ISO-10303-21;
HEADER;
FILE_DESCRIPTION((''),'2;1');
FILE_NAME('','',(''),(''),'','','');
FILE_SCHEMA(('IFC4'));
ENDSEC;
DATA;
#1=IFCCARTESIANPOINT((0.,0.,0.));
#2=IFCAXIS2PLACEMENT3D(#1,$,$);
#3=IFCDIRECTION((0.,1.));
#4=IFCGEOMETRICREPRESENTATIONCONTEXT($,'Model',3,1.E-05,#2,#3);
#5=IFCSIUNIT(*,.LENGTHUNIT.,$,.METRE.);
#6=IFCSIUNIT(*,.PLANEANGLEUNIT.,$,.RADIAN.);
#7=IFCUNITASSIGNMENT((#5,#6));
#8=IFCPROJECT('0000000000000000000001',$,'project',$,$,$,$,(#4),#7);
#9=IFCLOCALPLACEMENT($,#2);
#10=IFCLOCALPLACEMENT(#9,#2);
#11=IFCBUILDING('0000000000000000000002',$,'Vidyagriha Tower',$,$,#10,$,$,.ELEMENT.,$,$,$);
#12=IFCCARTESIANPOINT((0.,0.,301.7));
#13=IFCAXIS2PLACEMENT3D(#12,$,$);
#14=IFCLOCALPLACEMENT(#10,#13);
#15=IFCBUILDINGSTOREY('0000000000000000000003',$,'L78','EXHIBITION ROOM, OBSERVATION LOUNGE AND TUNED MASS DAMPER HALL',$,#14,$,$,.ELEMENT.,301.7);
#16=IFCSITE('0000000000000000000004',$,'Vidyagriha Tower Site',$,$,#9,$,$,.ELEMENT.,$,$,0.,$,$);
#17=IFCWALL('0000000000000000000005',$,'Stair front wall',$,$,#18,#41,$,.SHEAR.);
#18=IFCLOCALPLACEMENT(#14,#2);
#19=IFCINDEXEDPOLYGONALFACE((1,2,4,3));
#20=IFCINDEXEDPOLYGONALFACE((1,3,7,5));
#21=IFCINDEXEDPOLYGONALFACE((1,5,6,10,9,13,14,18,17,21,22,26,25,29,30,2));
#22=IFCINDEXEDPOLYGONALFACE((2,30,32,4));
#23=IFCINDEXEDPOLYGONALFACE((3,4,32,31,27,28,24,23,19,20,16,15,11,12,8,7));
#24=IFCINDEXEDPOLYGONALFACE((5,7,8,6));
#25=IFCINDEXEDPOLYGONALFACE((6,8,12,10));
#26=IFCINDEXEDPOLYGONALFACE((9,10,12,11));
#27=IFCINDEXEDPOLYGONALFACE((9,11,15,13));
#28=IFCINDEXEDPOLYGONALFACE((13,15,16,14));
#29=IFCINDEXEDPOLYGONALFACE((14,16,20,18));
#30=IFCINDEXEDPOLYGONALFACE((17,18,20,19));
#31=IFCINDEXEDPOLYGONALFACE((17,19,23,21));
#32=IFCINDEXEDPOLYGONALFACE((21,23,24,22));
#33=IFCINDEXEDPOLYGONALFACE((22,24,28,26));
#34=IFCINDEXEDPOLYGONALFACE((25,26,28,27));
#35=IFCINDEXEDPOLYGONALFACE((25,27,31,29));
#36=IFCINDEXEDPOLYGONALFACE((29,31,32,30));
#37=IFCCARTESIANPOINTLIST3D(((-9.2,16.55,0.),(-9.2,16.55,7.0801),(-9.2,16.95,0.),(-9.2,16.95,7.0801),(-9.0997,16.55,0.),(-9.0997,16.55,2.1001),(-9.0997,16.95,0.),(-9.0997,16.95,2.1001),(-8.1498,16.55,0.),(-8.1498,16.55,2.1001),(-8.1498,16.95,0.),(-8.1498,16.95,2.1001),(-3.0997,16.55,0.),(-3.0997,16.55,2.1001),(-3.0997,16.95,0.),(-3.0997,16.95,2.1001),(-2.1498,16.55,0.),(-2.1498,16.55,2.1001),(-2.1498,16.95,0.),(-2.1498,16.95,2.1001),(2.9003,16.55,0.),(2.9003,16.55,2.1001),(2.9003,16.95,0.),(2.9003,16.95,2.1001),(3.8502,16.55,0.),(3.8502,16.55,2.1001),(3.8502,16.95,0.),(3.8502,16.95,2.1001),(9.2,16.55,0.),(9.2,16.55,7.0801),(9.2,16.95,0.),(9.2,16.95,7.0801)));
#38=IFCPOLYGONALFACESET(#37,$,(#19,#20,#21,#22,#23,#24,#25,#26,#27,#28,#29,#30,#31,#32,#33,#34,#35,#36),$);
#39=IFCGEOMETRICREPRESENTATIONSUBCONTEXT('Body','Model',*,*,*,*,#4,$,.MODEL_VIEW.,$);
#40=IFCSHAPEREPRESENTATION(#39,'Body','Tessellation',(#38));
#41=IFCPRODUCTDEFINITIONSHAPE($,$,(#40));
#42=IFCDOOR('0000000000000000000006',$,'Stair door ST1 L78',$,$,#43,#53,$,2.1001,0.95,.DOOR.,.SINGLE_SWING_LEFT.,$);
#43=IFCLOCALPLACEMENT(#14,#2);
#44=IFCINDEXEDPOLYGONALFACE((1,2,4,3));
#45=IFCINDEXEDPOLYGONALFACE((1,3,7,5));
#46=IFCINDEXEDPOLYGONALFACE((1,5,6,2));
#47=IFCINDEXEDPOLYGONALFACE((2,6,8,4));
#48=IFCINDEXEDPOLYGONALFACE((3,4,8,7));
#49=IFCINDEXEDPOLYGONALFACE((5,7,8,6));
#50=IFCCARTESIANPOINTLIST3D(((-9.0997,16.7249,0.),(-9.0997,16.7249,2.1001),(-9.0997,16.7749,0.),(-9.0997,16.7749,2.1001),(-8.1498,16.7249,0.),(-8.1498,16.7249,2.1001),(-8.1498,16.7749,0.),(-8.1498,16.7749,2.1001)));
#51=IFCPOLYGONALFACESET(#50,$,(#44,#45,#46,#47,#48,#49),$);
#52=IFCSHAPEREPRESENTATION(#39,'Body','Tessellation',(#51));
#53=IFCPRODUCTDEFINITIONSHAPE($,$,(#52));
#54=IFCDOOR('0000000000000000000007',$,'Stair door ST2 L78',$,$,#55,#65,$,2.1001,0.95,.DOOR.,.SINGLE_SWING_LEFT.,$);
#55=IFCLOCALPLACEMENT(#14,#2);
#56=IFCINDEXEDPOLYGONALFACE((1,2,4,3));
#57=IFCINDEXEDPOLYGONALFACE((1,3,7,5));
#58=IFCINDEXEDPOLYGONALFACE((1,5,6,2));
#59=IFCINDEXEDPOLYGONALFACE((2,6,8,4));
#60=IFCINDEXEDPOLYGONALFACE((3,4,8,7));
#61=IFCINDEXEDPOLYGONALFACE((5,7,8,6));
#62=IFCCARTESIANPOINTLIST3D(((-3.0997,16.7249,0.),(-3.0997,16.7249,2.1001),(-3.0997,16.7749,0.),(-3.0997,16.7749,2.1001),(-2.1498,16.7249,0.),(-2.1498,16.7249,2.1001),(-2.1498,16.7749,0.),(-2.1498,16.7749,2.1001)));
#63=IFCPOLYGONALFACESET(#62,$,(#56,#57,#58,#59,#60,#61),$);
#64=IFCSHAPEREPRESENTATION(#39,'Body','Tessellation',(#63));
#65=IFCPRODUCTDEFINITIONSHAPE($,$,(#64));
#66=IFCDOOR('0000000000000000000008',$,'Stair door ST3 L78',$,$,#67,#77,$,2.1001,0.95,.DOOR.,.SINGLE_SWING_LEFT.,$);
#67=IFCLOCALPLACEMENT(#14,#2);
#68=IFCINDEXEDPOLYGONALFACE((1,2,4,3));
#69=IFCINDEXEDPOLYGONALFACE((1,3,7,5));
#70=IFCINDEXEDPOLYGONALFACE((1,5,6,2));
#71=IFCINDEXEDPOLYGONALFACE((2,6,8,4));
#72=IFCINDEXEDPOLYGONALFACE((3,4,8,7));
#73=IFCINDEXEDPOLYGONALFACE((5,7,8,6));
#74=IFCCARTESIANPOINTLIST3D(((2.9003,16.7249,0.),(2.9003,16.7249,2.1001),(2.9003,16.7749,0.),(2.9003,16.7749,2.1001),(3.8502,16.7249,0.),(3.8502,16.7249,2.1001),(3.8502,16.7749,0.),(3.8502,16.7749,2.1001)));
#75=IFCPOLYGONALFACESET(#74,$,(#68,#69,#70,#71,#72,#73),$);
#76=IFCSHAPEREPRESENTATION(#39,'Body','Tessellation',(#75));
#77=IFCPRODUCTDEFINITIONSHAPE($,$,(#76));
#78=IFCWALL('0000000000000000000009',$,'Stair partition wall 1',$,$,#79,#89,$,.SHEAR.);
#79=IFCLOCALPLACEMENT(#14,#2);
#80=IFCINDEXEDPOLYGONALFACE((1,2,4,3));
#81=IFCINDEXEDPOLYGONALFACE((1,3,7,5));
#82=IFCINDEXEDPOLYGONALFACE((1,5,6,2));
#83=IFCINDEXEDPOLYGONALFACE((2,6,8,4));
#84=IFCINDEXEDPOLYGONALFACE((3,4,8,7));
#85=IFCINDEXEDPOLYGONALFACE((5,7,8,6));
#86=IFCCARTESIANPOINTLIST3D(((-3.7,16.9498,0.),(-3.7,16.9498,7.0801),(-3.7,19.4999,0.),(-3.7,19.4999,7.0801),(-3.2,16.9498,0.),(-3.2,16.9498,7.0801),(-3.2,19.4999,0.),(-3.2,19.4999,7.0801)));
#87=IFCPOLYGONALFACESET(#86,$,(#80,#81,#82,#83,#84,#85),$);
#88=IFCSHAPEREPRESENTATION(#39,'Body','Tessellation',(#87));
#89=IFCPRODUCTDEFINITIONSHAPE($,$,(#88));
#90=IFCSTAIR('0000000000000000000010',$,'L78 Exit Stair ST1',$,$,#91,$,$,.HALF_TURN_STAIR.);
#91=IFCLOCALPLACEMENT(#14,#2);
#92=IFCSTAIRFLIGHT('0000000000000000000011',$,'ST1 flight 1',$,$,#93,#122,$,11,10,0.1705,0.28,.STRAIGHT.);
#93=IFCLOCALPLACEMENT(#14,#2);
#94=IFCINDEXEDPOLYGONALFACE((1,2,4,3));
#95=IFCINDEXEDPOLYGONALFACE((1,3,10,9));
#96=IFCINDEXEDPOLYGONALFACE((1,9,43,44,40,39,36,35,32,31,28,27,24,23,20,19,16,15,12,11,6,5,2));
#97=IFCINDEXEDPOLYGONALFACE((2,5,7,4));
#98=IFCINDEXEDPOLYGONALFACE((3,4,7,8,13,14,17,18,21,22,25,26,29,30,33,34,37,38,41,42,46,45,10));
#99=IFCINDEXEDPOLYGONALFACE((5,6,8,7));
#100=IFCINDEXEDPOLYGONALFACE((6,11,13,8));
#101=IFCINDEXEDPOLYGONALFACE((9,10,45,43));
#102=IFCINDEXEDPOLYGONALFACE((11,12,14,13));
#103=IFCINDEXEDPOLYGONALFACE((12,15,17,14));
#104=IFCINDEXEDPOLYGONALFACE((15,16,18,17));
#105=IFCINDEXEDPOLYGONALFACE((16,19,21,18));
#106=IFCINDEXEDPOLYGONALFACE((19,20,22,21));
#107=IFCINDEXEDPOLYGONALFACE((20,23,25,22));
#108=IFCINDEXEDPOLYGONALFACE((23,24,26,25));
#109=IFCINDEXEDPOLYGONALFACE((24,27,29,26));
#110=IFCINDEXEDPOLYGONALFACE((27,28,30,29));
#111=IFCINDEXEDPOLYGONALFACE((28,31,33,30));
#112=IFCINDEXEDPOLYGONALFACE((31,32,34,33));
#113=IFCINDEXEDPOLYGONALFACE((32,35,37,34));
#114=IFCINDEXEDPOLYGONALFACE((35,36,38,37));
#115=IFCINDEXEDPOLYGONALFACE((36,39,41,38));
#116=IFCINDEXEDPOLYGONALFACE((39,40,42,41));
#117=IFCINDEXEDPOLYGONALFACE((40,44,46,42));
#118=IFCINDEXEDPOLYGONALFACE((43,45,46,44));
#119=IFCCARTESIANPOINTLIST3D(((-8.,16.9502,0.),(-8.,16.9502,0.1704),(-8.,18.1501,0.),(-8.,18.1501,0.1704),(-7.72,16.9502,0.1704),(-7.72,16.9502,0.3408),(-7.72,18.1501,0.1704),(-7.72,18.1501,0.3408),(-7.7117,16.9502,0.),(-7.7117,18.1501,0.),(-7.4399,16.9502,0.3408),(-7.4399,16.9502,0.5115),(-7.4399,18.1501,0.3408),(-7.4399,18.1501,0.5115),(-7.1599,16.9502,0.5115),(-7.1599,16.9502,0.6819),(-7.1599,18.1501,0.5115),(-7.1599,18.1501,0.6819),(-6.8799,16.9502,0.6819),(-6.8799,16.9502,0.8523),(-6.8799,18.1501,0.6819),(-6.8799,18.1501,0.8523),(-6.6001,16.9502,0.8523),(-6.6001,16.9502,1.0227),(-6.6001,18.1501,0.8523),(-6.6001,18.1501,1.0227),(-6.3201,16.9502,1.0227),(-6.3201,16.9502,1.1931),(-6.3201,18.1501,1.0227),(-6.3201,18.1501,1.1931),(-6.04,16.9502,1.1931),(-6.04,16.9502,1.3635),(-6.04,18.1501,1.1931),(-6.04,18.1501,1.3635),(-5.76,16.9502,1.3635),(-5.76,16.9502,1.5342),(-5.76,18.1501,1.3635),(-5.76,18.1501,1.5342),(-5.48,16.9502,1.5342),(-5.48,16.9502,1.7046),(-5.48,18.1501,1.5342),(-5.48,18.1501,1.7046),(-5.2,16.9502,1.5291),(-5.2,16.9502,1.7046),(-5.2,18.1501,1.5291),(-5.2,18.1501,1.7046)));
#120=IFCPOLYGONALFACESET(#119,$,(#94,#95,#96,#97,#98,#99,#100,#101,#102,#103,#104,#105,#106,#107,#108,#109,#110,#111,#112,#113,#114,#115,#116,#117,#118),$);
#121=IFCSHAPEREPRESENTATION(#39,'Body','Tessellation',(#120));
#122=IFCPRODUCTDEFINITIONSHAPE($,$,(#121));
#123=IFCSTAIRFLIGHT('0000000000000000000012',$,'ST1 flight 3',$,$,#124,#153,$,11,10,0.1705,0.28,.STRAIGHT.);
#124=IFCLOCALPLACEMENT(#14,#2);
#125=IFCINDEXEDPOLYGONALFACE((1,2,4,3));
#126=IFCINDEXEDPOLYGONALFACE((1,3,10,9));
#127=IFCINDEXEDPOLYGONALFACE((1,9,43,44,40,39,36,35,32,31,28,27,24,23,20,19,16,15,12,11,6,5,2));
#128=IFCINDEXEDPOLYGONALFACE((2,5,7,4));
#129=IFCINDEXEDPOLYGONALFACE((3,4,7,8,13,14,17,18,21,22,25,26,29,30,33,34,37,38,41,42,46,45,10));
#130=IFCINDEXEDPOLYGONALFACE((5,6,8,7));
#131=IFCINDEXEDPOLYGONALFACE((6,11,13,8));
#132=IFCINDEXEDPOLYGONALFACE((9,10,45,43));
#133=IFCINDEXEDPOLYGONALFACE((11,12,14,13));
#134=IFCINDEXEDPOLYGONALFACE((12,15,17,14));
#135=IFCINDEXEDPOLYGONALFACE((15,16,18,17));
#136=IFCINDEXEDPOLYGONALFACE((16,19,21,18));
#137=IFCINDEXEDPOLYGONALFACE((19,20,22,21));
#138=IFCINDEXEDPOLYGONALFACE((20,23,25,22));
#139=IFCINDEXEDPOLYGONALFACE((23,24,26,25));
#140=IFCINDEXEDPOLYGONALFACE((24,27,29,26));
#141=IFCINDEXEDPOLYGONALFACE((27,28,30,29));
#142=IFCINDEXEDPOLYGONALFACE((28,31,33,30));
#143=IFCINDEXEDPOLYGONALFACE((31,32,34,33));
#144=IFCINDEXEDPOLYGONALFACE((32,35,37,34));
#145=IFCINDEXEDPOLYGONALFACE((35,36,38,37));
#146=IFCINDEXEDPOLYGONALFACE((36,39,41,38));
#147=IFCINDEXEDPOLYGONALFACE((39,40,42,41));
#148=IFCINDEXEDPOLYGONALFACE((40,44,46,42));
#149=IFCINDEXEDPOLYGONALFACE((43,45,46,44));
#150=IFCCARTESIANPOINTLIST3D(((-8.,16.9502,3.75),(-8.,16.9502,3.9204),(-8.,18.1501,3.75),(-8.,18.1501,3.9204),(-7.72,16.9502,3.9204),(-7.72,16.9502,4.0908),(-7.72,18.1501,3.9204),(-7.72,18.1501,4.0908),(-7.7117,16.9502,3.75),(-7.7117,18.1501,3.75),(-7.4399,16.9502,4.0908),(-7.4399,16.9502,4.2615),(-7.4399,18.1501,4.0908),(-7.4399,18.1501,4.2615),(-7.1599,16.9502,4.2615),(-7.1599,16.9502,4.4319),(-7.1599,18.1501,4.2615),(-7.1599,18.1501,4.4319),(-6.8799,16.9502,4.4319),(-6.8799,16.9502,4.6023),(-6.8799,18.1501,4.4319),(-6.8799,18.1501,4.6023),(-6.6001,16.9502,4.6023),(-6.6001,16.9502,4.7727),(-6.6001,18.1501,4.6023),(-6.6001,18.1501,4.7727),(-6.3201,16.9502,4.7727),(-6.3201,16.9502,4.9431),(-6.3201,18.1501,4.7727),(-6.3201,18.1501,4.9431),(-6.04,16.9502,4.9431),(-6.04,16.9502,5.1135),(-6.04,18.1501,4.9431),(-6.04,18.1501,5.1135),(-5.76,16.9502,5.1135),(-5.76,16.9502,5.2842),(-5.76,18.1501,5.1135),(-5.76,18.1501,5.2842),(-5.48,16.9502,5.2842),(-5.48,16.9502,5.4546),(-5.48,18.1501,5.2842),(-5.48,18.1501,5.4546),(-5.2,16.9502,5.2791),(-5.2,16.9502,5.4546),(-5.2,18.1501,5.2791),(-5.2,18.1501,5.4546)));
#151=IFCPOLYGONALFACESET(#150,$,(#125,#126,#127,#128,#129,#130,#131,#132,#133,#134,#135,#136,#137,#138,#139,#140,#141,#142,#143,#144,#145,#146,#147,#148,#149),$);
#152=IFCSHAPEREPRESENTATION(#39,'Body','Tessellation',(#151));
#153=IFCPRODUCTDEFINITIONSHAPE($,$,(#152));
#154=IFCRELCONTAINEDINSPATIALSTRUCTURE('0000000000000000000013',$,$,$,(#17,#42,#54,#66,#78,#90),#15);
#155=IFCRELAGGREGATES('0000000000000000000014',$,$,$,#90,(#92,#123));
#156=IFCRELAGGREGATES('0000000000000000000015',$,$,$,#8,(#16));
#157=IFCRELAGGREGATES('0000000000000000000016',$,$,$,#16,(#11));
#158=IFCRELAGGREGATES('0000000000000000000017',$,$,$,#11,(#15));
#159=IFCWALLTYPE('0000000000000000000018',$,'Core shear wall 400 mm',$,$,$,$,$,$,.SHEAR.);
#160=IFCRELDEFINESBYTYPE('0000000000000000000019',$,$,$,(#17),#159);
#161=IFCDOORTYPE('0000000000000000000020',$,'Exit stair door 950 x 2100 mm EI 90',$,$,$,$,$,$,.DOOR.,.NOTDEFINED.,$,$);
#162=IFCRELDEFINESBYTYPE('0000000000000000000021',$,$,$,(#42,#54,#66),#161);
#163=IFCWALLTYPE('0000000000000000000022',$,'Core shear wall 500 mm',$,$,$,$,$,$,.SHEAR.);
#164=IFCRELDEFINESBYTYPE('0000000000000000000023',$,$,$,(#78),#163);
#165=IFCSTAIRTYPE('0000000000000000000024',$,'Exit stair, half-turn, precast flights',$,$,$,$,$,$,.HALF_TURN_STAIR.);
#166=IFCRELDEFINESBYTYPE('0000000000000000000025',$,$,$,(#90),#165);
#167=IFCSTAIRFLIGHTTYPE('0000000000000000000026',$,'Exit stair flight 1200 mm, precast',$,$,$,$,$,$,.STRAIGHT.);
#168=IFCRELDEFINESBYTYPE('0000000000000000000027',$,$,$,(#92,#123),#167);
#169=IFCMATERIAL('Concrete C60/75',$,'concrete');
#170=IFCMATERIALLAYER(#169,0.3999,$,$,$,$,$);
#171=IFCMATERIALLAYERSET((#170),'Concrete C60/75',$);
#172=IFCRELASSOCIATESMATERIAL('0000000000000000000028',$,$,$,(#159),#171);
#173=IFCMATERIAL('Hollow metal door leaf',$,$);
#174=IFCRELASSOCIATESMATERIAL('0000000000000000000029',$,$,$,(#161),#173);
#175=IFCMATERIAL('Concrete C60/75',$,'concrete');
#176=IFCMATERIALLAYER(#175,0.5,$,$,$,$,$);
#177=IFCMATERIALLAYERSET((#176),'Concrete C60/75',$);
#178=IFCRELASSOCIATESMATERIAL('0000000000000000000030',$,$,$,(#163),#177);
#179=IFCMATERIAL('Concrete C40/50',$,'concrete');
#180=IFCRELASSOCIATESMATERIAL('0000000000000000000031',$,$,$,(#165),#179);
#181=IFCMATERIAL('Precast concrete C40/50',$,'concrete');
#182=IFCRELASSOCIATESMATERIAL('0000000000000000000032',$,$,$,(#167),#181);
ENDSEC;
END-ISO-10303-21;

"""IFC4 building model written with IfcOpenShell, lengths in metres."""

from ifc_helpers import new_model, si_unit, direction, frame, frame_2d, origin, place, context, subcontext, project, spatial, polyline, rectangle, outline, extrude, material, layer, layer_set, type_object, element, fill, aggregate, save


model = new_model("IFC4")

# Units and contexts
model_context = context("Model", 3, precision=1e-05, world=origin(), true_north=direction((0.0, 1.0)))
body_context = subcontext(model_context, "Body", "Model", "MODEL_VIEW")
ifc_project = project(units=[si_unit("LENGTHUNIT", "METRE"), si_unit("PLANEANGLEUNIT", "RADIAN")], contexts=[model_context])

# Site, building, storey
site_placement = place(None, origin())
site = spatial("IfcSite", under=ifc_project, at=site_placement, Name="Vidyagriha Tower Site", CompositionType="ELEMENT", RefElevation=0.0)
building_placement = place(site_placement, origin())
building = spatial("IfcBuilding", under=site, at=building_placement, Name="Vidyagriha Tower", CompositionType="ELEMENT")
storey_placement = place(building_placement, frame((0.0, 0.0, 301.7)))
storey = spatial("IfcBuildingStorey", under=building, at=storey_placement, Name="L78", Description="EXHIBITION ROOM, OBSERVATION LOUNGE AND TUNED MASS DAMPER HALL", CompositionType="ELEMENT", Elevation=301.7)

# Shared definitions
ifc_material_1 = material(Name="Concrete C60/75", Category="concrete")
ifc_layer_1 = layer(ifc_material_1, 0.3999)
ifc_layer_set_1 = layer_set([ifc_layer_1], Name="Concrete C60/75")
wall_type_1 = type_object("IfcWallType", Name="Core shear wall 400 mm", PredefinedType="SHEAR", material=ifc_layer_set_1)

# Wall, openings, doors
wall_1_placement = place(storey_placement, frame((-9.2, 16.75, 0.0)))
wall_1 = element("IfcWall", 1, at=wall_1_placement, inside=storey, type_object=wall_type_1, Name="Stair front wall", PredefinedType="SHEAR", context=body_context, shape_type="SweptSolid", body=[
    extrude(rectangle(XDim=18.3999, YDim=0.3999, at=frame_2d((9.2, 0.0))), origin(), (0.0, 0.0, 1.0), 7.0801),
])
opening_1_placement = place(wall_1_placement, frame((0.1001, 0.0, 0.0)))
opening_1 = element("IfcOpeningElement", 2, at=opening_1_placement, cuts=wall_1, PredefinedType="OPENING", context=body_context, shape_type="SweptSolid", body=[
    extrude(rectangle(XDim=0.95, YDim=2.1001, at=frame_2d((0.4751, 1.05))), frame((0.0, 0.21, 0.0), z_axis=(0.0, -1.0, 0.0), x_axis=(1.0, 0.0, 0.0)), (0.0, 0.0, 1.0), 0.4199),
])
opening_2_placement = place(wall_1_placement, frame((6.1001, 0.0, 0.0)))
opening_2 = element("IfcOpeningElement", 3, at=opening_2_placement, cuts=wall_1, PredefinedType="OPENING", context=body_context, shape_type="SweptSolid", body=[
    extrude(rectangle(XDim=0.95, YDim=2.1001, at=frame_2d((0.4751, 1.05))), frame((0.0, 0.21, 0.0), z_axis=(0.0, -1.0, 0.0), x_axis=(1.0, 0.0, 0.0)), (0.0, 0.0, 1.0), 0.4199),
])
opening_3_placement = place(wall_1_placement, frame((12.1001, 0.0, 0.0)))
opening_3 = element("IfcOpeningElement", 4, at=opening_3_placement, cuts=wall_1, PredefinedType="OPENING", context=body_context, shape_type="SweptSolid", body=[
    extrude(rectangle(XDim=0.95, YDim=2.1001, at=frame_2d((0.4751, 1.05))), frame((0.0, 0.21, 0.0), z_axis=(0.0, -1.0, 0.0), x_axis=(1.0, 0.0, 0.0)), (0.0, 0.0, 1.0), 0.4199),
])
ifc_material_2 = material(Name="Hollow metal door leaf")
door_type_1 = type_object("IfcDoorType", Name="Exit stair door 950 x 2100 mm EI 90", OperationType="NOTDEFINED", PredefinedType="DOOR", material=ifc_material_2)
door_1_placement = place(opening_1_placement, origin())
door_1 = element("IfcDoor", 5, at=door_1_placement, inside=storey, type_object=door_type_1, Name="Stair door ST1 L78", OperationType="SINGLE_SWING_LEFT", OverallHeight=2.1001, OverallWidth=0.95, PredefinedType="DOOR", context=body_context, shape_type="SweptSolid", body=[
    extrude(rectangle(XDim=0.95, YDim=2.1001, at=frame_2d((0.4751, 1.05))), frame((0.0, 0.0249, 0.0), z_axis=(0.0, -1.0, 0.0), x_axis=(1.0, 0.0, 0.0)), (0.0, 0.0, 1.0), 0.05),
])
fill(opening_1, door_1)
door_2_placement = place(opening_2_placement, origin())
door_2 = element("IfcDoor", 6, at=door_2_placement, inside=storey, type_object=door_type_1, Name="Stair door ST2 L78", OperationType="SINGLE_SWING_LEFT", OverallHeight=2.1001, OverallWidth=0.95, PredefinedType="DOOR", context=body_context, shape_type="SweptSolid", body=[
    extrude(rectangle(XDim=0.95, YDim=2.1001, at=frame_2d((0.4751, 1.05))), frame((0.0, 0.0249, 0.0), z_axis=(0.0, -1.0, 0.0), x_axis=(1.0, 0.0, 0.0)), (0.0, 0.0, 1.0), 0.05),
])
fill(opening_2, door_2)
door_3_placement = place(opening_3_placement, origin())
door_3 = element("IfcDoor", 7, at=door_3_placement, inside=storey, type_object=door_type_1, Name="Stair door ST3 L78", OperationType="SINGLE_SWING_LEFT", OverallHeight=2.1001, OverallWidth=0.95, PredefinedType="DOOR", context=body_context, shape_type="SweptSolid", body=[
    extrude(rectangle(XDim=0.95, YDim=2.1001, at=frame_2d((0.4751, 1.05))), frame((0.0, 0.0249, 0.0), z_axis=(0.0, -1.0, 0.0), x_axis=(1.0, 0.0, 0.0)), (0.0, 0.0, 1.0), 0.05),
])
fill(opening_3, door_3)

# Wall
ifc_material_3 = material(Name="Concrete C60/75", Category="concrete")
ifc_layer_2 = layer(ifc_material_3, 0.5)
ifc_layer_set_2 = layer_set([ifc_layer_2], Name="Concrete C60/75")
wall_type_2 = type_object("IfcWallType", Name="Core shear wall 500 mm", PredefinedType="SHEAR", material=ifc_layer_set_2)
wall_2_placement = place(storey_placement, frame((-3.45, 16.95, 0.0), z_axis=(0.0, 0.0, 1.0), x_axis=(0.0, 1.0, 0.0)))
element("IfcWall", 8, at=wall_2_placement, inside=storey, type_object=wall_type_2, Name="Stair partition wall 1", PredefinedType="SHEAR", context=body_context, shape_type="SweptSolid", body=[
    extrude(rectangle(XDim=2.55, YDim=0.5, at=frame_2d((1.2749, 0.0))), origin(), (0.0, 0.0, 1.0), 7.0801),
])

# Stair, stair flights
ifc_material_4 = material(Name="Concrete C40/50", Category="concrete")
stair_type = type_object("IfcStairType", Name="Exit stair, half-turn, precast flights", PredefinedType="HALF_TURN_STAIR", material=ifc_material_4)
stair_1_placement = place(storey_placement, origin())
stair_1 = element("IfcStair", 9, at=stair_1_placement, inside=storey, type_object=stair_type, Name="L78 Exit Stair ST1", PredefinedType="HALF_TURN_STAIR")
ifc_material_5 = material(Name="Precast concrete C40/50", Category="concrete")
stair_flight_type = type_object("IfcStairFlightType", Name="Exit stair flight 1200 mm, precast", PredefinedType="STRAIGHT", material=ifc_material_5)
stair_flight_1_placement = place(storey_placement, frame((-8.0, 17.55, 0.0)))
stair_flight_1 = element("IfcStairFlight", 10, at=stair_flight_1_placement, type_object=stair_flight_type, Name="ST1 flight 1", NumberOfRisers=11, NumberOfTreads=10, PredefinedType="STRAIGHT", RiserHeight=0.1705, TreadLength=0.28, context=body_context, shape_type="SweptSolid", body=[
    extrude(outline(polyline([(0.0, 0.0), (0.0, 0.1704), (0.28, 0.1704), (0.28, 0.3408), (0.5601, 0.3408), (0.5601, 0.5115), (0.8401, 0.5115), (0.8401, 0.6819), (1.1201, 0.6819), (1.1201, 0.8523), (1.3999, 0.8523), (1.3999, 1.0227), (1.6799, 1.0227), (1.6799, 1.1931), (1.96, 1.1931), (1.96, 1.3635), (2.24, 1.3635), (2.24, 1.5342), (2.52, 1.5342), (2.52, 1.7046), (2.8, 1.7046), (2.8, 1.875), (2.8, 1.5291), (0.2883, 0.0), (0.0, 0.0)])), frame((0.0, 0.6001, 0.0), z_axis=(0.0, -1.0, 0.0), x_axis=(1.0, 0.0, 0.0)), (0.0, 0.0, 1.0), 1.2),
])
stair_flight_2_placement = place(storey_placement, frame((-8.0, 17.55, 3.75)))
stair_flight_2 = element("IfcStairFlight", 11, at=stair_flight_2_placement, type_object=stair_flight_type, Name="ST1 flight 3", NumberOfRisers=11, NumberOfTreads=10, PredefinedType="STRAIGHT", RiserHeight=0.1705, TreadLength=0.28, context=body_context, shape_type="SweptSolid", body=[
    extrude(outline(polyline([(0.0, 0.0), (0.0, 0.1704), (0.28, 0.1704), (0.28, 0.3408), (0.5601, 0.3408), (0.5601, 0.5115), (0.8401, 0.5115), (0.8401, 0.6819), (1.1201, 0.6819), (1.1201, 0.8523), (1.3999, 0.8523), (1.3999, 1.0227), (1.6799, 1.0227), (1.6799, 1.1931), (1.96, 1.1931), (1.96, 1.3635), (2.24, 1.3635), (2.24, 1.5342), (2.52, 1.5342), (2.52, 1.7046), (2.8, 1.7046), (2.8, 1.875), (2.8, 1.5291), (0.2883, 0.0), (0.0, 0.0)])), frame((0.0, 0.6001, 0.0), z_axis=(0.0, -1.0, 0.0), x_axis=(1.0, 0.0, 0.0)), (0.0, 0.0, 1.0), 1.2),
])
aggregate(stair_1, [stair_flight_1, stair_flight_2])

save(model, "model.ifc")
